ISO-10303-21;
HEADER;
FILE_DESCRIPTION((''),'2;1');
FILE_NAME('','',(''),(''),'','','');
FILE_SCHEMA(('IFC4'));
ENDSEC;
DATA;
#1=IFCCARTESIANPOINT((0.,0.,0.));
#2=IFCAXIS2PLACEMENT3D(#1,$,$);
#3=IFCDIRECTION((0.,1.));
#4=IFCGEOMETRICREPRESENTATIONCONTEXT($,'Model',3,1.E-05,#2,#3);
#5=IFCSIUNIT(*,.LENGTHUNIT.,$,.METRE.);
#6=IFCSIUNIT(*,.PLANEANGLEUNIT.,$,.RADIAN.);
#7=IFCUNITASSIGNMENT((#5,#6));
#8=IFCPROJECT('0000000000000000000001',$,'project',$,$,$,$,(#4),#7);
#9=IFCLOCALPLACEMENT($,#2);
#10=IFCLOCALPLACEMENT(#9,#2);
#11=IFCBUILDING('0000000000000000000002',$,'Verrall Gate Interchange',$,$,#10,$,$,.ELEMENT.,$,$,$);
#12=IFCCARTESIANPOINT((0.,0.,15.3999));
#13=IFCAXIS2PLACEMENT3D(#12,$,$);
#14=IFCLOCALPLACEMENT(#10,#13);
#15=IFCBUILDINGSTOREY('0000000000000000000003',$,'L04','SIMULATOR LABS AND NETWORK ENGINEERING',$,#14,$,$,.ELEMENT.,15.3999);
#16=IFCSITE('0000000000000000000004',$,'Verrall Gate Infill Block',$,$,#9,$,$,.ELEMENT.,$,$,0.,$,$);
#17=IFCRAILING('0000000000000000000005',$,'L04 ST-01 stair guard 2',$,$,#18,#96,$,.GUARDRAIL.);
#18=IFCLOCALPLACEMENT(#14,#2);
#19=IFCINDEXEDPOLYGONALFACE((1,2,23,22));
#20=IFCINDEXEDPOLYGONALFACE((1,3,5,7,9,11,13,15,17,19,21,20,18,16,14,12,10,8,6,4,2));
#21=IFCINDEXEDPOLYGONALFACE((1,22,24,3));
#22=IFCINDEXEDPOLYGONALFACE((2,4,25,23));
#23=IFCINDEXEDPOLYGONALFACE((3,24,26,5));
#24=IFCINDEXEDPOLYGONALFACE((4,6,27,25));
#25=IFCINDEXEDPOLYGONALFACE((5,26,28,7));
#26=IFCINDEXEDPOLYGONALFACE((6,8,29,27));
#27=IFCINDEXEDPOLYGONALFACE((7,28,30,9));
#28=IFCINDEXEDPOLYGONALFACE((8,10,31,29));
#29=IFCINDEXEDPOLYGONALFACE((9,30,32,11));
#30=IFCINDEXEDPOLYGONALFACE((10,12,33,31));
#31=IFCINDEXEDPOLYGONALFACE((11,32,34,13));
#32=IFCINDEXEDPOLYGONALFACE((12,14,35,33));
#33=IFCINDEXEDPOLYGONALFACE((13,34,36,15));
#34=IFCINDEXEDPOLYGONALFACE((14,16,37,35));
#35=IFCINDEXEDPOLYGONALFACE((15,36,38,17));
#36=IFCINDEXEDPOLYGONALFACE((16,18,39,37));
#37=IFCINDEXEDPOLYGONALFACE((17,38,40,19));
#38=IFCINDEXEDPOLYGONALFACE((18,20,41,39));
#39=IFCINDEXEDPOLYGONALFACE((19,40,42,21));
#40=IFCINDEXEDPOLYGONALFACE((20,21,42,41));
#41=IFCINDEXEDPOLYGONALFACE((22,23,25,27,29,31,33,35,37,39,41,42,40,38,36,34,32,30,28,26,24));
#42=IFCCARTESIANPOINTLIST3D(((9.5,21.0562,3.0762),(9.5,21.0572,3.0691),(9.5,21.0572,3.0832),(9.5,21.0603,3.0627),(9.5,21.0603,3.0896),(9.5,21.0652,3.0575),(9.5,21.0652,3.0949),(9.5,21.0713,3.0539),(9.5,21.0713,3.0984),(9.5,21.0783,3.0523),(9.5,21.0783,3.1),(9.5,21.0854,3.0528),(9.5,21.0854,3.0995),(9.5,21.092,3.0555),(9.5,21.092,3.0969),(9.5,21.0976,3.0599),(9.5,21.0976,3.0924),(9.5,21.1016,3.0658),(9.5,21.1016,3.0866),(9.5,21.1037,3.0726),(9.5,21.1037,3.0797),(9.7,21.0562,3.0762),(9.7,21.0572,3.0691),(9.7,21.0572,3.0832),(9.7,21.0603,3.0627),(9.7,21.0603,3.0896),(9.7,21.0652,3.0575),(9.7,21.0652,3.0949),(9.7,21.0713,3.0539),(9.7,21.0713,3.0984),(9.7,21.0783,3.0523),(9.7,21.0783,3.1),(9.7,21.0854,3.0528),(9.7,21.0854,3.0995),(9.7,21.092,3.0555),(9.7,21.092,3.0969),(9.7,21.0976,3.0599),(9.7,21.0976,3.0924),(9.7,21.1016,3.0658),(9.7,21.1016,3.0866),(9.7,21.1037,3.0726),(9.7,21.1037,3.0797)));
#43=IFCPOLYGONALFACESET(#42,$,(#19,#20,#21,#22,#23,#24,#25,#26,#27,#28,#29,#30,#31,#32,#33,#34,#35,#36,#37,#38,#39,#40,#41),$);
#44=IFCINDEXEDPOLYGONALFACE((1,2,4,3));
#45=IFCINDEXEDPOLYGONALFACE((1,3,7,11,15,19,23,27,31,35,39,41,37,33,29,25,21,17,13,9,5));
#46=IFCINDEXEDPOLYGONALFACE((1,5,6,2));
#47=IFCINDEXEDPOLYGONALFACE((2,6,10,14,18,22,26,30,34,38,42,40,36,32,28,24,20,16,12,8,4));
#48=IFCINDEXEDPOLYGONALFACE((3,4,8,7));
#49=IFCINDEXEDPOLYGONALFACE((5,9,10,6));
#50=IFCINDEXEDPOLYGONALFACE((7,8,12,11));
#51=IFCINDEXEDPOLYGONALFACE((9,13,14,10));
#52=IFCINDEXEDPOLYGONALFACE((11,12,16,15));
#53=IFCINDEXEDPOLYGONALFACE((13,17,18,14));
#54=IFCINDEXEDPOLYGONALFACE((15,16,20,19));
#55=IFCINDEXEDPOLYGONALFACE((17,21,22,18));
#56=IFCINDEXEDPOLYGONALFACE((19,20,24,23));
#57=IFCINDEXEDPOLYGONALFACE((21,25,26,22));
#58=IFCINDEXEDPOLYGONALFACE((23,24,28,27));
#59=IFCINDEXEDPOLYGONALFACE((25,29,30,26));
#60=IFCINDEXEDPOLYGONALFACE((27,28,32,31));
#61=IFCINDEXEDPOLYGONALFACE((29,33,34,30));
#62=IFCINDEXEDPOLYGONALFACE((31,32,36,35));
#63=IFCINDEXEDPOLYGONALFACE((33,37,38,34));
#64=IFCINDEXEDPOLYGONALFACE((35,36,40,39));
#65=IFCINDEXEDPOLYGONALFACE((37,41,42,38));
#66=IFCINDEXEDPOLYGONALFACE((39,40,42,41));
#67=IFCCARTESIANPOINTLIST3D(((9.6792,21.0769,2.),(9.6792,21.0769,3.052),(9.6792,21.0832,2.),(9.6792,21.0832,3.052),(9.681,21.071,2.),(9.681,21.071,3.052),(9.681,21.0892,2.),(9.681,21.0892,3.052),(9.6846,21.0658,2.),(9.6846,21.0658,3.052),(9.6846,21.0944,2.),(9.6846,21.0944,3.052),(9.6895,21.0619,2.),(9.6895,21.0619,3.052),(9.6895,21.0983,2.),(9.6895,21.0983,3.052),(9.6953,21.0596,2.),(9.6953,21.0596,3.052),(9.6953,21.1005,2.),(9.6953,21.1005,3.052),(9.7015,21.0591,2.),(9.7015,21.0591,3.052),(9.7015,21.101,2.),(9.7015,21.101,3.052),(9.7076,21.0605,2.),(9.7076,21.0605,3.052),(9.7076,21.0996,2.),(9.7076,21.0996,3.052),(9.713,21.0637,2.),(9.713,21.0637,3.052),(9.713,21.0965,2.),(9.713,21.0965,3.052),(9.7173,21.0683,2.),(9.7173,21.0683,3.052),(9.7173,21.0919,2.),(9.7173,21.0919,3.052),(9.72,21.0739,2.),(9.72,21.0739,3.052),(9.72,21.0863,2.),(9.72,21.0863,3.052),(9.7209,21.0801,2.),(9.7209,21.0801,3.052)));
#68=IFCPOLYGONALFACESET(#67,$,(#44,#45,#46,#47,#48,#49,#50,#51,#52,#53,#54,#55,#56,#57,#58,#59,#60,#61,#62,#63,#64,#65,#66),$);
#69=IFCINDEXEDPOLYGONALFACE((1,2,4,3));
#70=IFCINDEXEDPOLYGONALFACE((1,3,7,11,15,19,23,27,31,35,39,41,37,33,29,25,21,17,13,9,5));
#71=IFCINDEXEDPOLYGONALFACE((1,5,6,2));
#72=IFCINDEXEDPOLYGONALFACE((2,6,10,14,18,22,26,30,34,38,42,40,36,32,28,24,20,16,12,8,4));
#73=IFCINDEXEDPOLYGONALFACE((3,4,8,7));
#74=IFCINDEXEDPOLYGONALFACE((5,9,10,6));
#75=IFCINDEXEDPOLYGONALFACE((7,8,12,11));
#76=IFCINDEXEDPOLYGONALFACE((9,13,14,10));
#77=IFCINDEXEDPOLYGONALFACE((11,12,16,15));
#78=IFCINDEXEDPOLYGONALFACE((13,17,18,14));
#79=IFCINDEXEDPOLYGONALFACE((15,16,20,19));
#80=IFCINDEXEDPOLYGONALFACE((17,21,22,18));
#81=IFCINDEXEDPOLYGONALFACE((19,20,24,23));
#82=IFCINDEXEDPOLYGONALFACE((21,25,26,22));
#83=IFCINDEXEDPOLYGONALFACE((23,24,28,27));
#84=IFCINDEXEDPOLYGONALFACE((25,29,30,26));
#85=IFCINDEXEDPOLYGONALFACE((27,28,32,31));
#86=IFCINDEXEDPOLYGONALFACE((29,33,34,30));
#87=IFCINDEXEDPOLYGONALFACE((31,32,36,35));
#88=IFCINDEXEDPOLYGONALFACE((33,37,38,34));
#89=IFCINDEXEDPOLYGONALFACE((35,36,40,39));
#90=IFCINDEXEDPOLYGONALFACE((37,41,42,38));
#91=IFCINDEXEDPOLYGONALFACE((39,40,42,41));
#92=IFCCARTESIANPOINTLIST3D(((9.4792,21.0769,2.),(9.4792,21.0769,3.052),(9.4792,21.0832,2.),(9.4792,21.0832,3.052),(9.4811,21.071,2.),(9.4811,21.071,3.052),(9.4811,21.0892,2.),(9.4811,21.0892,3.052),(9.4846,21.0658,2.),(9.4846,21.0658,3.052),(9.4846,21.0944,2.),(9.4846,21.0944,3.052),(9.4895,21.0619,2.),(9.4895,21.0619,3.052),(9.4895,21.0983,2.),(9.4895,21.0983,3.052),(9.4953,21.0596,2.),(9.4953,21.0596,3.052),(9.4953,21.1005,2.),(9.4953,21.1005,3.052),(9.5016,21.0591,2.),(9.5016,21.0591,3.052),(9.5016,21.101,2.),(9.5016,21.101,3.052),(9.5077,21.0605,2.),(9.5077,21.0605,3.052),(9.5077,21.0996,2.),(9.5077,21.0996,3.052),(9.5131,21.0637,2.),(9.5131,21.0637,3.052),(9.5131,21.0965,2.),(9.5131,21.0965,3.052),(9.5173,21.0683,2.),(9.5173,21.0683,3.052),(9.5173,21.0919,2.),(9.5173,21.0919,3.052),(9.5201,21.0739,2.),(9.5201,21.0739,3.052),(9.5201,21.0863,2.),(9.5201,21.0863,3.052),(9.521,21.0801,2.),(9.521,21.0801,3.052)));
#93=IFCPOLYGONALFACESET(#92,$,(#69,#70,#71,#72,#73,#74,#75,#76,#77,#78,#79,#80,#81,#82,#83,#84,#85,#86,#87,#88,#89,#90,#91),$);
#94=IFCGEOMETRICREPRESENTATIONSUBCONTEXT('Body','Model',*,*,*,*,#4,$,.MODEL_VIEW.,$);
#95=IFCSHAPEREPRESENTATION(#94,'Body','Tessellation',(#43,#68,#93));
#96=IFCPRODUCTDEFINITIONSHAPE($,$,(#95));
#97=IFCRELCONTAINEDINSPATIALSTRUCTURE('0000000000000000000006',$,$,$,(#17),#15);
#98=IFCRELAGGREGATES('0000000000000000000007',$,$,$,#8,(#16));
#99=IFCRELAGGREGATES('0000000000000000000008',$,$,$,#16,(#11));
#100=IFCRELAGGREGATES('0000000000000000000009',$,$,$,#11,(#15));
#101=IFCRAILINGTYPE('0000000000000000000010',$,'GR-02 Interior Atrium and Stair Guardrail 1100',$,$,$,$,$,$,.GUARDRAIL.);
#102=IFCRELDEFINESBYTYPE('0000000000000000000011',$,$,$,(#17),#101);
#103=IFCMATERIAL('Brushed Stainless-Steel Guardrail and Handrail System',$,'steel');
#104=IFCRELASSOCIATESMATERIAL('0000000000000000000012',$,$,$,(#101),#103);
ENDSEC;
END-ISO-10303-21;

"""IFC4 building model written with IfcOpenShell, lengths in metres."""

from ifc_helpers import new_model, si_unit, direction, frame, origin, origin_2d, place, context, subcontext, project, spatial, circle, extrude, material, type_object, element, save


model = new_model("IFC4")

# Units and contexts
model_context = context("Model", 3, precision=1e-05, world=origin(), true_north=direction((0.0, 1.0)))
body_context = subcontext(model_context, "Body", "Model", "MODEL_VIEW")
ifc_project = project(units=[si_unit("LENGTHUNIT", "METRE"), si_unit("PLANEANGLEUNIT", "RADIAN")], contexts=[model_context])

# Site, building, storey
site_placement = place(None, origin())
site = spatial("IfcSite", under=ifc_project, at=site_placement, Name="Verrall Gate Infill Block", CompositionType="ELEMENT", RefElevation=0.0)
building_placement = place(site_placement, origin())
building = spatial("IfcBuilding", under=site, at=building_placement, Name="Verrall Gate Interchange", CompositionType="ELEMENT")
storey_placement = place(building_placement, frame((0.0, 0.0, 15.3999)))
storey = spatial("IfcBuildingStorey", under=building, at=storey_placement, Name="L04", Description="SIMULATOR LABS AND NETWORK ENGINEERING", CompositionType="ELEMENT", Elevation=15.3999)

# Railing
ifc_material_1 = material(Name="Brushed Stainless-Steel Guardrail and Handrail System", Category="steel")
railing_type_1 = type_object("IfcRailingType", Name="GR-02 Interior Atrium and Stair Guardrail 1100", PredefinedType="GUARDRAIL", material=ifc_material_1)
railing_1_placement = place(storey_placement, frame((9.7, 21.0801, 2.0)))
element("IfcRailing", 1, at=railing_1_placement, inside=storey, type_object=railing_type_1, Name="L04 ST-01 stair guard 2", PredefinedType="GUARDRAIL", context=body_context, shape_type="SweptSolid", body=[
    extrude(circle(Radius=0.0239, at=origin_2d()), frame((0.0, 0.0, 1.0762), z_axis=(-1.0, 0.0, 0.0), x_axis=(0.0, -1.0, 0.0)), (0.0, 0.0, 1.0), 0.2),
    extrude(circle(Radius=0.021, at=origin_2d()), origin(), (0.0, 0.0, 1.0), 1.052),
    extrude(circle(Radius=0.021, at=origin_2d()), frame((-0.2, 0.0, 0.0)), (0.0, 0.0, 1.0), 1.052),
])

save(model, "model.ifc")
